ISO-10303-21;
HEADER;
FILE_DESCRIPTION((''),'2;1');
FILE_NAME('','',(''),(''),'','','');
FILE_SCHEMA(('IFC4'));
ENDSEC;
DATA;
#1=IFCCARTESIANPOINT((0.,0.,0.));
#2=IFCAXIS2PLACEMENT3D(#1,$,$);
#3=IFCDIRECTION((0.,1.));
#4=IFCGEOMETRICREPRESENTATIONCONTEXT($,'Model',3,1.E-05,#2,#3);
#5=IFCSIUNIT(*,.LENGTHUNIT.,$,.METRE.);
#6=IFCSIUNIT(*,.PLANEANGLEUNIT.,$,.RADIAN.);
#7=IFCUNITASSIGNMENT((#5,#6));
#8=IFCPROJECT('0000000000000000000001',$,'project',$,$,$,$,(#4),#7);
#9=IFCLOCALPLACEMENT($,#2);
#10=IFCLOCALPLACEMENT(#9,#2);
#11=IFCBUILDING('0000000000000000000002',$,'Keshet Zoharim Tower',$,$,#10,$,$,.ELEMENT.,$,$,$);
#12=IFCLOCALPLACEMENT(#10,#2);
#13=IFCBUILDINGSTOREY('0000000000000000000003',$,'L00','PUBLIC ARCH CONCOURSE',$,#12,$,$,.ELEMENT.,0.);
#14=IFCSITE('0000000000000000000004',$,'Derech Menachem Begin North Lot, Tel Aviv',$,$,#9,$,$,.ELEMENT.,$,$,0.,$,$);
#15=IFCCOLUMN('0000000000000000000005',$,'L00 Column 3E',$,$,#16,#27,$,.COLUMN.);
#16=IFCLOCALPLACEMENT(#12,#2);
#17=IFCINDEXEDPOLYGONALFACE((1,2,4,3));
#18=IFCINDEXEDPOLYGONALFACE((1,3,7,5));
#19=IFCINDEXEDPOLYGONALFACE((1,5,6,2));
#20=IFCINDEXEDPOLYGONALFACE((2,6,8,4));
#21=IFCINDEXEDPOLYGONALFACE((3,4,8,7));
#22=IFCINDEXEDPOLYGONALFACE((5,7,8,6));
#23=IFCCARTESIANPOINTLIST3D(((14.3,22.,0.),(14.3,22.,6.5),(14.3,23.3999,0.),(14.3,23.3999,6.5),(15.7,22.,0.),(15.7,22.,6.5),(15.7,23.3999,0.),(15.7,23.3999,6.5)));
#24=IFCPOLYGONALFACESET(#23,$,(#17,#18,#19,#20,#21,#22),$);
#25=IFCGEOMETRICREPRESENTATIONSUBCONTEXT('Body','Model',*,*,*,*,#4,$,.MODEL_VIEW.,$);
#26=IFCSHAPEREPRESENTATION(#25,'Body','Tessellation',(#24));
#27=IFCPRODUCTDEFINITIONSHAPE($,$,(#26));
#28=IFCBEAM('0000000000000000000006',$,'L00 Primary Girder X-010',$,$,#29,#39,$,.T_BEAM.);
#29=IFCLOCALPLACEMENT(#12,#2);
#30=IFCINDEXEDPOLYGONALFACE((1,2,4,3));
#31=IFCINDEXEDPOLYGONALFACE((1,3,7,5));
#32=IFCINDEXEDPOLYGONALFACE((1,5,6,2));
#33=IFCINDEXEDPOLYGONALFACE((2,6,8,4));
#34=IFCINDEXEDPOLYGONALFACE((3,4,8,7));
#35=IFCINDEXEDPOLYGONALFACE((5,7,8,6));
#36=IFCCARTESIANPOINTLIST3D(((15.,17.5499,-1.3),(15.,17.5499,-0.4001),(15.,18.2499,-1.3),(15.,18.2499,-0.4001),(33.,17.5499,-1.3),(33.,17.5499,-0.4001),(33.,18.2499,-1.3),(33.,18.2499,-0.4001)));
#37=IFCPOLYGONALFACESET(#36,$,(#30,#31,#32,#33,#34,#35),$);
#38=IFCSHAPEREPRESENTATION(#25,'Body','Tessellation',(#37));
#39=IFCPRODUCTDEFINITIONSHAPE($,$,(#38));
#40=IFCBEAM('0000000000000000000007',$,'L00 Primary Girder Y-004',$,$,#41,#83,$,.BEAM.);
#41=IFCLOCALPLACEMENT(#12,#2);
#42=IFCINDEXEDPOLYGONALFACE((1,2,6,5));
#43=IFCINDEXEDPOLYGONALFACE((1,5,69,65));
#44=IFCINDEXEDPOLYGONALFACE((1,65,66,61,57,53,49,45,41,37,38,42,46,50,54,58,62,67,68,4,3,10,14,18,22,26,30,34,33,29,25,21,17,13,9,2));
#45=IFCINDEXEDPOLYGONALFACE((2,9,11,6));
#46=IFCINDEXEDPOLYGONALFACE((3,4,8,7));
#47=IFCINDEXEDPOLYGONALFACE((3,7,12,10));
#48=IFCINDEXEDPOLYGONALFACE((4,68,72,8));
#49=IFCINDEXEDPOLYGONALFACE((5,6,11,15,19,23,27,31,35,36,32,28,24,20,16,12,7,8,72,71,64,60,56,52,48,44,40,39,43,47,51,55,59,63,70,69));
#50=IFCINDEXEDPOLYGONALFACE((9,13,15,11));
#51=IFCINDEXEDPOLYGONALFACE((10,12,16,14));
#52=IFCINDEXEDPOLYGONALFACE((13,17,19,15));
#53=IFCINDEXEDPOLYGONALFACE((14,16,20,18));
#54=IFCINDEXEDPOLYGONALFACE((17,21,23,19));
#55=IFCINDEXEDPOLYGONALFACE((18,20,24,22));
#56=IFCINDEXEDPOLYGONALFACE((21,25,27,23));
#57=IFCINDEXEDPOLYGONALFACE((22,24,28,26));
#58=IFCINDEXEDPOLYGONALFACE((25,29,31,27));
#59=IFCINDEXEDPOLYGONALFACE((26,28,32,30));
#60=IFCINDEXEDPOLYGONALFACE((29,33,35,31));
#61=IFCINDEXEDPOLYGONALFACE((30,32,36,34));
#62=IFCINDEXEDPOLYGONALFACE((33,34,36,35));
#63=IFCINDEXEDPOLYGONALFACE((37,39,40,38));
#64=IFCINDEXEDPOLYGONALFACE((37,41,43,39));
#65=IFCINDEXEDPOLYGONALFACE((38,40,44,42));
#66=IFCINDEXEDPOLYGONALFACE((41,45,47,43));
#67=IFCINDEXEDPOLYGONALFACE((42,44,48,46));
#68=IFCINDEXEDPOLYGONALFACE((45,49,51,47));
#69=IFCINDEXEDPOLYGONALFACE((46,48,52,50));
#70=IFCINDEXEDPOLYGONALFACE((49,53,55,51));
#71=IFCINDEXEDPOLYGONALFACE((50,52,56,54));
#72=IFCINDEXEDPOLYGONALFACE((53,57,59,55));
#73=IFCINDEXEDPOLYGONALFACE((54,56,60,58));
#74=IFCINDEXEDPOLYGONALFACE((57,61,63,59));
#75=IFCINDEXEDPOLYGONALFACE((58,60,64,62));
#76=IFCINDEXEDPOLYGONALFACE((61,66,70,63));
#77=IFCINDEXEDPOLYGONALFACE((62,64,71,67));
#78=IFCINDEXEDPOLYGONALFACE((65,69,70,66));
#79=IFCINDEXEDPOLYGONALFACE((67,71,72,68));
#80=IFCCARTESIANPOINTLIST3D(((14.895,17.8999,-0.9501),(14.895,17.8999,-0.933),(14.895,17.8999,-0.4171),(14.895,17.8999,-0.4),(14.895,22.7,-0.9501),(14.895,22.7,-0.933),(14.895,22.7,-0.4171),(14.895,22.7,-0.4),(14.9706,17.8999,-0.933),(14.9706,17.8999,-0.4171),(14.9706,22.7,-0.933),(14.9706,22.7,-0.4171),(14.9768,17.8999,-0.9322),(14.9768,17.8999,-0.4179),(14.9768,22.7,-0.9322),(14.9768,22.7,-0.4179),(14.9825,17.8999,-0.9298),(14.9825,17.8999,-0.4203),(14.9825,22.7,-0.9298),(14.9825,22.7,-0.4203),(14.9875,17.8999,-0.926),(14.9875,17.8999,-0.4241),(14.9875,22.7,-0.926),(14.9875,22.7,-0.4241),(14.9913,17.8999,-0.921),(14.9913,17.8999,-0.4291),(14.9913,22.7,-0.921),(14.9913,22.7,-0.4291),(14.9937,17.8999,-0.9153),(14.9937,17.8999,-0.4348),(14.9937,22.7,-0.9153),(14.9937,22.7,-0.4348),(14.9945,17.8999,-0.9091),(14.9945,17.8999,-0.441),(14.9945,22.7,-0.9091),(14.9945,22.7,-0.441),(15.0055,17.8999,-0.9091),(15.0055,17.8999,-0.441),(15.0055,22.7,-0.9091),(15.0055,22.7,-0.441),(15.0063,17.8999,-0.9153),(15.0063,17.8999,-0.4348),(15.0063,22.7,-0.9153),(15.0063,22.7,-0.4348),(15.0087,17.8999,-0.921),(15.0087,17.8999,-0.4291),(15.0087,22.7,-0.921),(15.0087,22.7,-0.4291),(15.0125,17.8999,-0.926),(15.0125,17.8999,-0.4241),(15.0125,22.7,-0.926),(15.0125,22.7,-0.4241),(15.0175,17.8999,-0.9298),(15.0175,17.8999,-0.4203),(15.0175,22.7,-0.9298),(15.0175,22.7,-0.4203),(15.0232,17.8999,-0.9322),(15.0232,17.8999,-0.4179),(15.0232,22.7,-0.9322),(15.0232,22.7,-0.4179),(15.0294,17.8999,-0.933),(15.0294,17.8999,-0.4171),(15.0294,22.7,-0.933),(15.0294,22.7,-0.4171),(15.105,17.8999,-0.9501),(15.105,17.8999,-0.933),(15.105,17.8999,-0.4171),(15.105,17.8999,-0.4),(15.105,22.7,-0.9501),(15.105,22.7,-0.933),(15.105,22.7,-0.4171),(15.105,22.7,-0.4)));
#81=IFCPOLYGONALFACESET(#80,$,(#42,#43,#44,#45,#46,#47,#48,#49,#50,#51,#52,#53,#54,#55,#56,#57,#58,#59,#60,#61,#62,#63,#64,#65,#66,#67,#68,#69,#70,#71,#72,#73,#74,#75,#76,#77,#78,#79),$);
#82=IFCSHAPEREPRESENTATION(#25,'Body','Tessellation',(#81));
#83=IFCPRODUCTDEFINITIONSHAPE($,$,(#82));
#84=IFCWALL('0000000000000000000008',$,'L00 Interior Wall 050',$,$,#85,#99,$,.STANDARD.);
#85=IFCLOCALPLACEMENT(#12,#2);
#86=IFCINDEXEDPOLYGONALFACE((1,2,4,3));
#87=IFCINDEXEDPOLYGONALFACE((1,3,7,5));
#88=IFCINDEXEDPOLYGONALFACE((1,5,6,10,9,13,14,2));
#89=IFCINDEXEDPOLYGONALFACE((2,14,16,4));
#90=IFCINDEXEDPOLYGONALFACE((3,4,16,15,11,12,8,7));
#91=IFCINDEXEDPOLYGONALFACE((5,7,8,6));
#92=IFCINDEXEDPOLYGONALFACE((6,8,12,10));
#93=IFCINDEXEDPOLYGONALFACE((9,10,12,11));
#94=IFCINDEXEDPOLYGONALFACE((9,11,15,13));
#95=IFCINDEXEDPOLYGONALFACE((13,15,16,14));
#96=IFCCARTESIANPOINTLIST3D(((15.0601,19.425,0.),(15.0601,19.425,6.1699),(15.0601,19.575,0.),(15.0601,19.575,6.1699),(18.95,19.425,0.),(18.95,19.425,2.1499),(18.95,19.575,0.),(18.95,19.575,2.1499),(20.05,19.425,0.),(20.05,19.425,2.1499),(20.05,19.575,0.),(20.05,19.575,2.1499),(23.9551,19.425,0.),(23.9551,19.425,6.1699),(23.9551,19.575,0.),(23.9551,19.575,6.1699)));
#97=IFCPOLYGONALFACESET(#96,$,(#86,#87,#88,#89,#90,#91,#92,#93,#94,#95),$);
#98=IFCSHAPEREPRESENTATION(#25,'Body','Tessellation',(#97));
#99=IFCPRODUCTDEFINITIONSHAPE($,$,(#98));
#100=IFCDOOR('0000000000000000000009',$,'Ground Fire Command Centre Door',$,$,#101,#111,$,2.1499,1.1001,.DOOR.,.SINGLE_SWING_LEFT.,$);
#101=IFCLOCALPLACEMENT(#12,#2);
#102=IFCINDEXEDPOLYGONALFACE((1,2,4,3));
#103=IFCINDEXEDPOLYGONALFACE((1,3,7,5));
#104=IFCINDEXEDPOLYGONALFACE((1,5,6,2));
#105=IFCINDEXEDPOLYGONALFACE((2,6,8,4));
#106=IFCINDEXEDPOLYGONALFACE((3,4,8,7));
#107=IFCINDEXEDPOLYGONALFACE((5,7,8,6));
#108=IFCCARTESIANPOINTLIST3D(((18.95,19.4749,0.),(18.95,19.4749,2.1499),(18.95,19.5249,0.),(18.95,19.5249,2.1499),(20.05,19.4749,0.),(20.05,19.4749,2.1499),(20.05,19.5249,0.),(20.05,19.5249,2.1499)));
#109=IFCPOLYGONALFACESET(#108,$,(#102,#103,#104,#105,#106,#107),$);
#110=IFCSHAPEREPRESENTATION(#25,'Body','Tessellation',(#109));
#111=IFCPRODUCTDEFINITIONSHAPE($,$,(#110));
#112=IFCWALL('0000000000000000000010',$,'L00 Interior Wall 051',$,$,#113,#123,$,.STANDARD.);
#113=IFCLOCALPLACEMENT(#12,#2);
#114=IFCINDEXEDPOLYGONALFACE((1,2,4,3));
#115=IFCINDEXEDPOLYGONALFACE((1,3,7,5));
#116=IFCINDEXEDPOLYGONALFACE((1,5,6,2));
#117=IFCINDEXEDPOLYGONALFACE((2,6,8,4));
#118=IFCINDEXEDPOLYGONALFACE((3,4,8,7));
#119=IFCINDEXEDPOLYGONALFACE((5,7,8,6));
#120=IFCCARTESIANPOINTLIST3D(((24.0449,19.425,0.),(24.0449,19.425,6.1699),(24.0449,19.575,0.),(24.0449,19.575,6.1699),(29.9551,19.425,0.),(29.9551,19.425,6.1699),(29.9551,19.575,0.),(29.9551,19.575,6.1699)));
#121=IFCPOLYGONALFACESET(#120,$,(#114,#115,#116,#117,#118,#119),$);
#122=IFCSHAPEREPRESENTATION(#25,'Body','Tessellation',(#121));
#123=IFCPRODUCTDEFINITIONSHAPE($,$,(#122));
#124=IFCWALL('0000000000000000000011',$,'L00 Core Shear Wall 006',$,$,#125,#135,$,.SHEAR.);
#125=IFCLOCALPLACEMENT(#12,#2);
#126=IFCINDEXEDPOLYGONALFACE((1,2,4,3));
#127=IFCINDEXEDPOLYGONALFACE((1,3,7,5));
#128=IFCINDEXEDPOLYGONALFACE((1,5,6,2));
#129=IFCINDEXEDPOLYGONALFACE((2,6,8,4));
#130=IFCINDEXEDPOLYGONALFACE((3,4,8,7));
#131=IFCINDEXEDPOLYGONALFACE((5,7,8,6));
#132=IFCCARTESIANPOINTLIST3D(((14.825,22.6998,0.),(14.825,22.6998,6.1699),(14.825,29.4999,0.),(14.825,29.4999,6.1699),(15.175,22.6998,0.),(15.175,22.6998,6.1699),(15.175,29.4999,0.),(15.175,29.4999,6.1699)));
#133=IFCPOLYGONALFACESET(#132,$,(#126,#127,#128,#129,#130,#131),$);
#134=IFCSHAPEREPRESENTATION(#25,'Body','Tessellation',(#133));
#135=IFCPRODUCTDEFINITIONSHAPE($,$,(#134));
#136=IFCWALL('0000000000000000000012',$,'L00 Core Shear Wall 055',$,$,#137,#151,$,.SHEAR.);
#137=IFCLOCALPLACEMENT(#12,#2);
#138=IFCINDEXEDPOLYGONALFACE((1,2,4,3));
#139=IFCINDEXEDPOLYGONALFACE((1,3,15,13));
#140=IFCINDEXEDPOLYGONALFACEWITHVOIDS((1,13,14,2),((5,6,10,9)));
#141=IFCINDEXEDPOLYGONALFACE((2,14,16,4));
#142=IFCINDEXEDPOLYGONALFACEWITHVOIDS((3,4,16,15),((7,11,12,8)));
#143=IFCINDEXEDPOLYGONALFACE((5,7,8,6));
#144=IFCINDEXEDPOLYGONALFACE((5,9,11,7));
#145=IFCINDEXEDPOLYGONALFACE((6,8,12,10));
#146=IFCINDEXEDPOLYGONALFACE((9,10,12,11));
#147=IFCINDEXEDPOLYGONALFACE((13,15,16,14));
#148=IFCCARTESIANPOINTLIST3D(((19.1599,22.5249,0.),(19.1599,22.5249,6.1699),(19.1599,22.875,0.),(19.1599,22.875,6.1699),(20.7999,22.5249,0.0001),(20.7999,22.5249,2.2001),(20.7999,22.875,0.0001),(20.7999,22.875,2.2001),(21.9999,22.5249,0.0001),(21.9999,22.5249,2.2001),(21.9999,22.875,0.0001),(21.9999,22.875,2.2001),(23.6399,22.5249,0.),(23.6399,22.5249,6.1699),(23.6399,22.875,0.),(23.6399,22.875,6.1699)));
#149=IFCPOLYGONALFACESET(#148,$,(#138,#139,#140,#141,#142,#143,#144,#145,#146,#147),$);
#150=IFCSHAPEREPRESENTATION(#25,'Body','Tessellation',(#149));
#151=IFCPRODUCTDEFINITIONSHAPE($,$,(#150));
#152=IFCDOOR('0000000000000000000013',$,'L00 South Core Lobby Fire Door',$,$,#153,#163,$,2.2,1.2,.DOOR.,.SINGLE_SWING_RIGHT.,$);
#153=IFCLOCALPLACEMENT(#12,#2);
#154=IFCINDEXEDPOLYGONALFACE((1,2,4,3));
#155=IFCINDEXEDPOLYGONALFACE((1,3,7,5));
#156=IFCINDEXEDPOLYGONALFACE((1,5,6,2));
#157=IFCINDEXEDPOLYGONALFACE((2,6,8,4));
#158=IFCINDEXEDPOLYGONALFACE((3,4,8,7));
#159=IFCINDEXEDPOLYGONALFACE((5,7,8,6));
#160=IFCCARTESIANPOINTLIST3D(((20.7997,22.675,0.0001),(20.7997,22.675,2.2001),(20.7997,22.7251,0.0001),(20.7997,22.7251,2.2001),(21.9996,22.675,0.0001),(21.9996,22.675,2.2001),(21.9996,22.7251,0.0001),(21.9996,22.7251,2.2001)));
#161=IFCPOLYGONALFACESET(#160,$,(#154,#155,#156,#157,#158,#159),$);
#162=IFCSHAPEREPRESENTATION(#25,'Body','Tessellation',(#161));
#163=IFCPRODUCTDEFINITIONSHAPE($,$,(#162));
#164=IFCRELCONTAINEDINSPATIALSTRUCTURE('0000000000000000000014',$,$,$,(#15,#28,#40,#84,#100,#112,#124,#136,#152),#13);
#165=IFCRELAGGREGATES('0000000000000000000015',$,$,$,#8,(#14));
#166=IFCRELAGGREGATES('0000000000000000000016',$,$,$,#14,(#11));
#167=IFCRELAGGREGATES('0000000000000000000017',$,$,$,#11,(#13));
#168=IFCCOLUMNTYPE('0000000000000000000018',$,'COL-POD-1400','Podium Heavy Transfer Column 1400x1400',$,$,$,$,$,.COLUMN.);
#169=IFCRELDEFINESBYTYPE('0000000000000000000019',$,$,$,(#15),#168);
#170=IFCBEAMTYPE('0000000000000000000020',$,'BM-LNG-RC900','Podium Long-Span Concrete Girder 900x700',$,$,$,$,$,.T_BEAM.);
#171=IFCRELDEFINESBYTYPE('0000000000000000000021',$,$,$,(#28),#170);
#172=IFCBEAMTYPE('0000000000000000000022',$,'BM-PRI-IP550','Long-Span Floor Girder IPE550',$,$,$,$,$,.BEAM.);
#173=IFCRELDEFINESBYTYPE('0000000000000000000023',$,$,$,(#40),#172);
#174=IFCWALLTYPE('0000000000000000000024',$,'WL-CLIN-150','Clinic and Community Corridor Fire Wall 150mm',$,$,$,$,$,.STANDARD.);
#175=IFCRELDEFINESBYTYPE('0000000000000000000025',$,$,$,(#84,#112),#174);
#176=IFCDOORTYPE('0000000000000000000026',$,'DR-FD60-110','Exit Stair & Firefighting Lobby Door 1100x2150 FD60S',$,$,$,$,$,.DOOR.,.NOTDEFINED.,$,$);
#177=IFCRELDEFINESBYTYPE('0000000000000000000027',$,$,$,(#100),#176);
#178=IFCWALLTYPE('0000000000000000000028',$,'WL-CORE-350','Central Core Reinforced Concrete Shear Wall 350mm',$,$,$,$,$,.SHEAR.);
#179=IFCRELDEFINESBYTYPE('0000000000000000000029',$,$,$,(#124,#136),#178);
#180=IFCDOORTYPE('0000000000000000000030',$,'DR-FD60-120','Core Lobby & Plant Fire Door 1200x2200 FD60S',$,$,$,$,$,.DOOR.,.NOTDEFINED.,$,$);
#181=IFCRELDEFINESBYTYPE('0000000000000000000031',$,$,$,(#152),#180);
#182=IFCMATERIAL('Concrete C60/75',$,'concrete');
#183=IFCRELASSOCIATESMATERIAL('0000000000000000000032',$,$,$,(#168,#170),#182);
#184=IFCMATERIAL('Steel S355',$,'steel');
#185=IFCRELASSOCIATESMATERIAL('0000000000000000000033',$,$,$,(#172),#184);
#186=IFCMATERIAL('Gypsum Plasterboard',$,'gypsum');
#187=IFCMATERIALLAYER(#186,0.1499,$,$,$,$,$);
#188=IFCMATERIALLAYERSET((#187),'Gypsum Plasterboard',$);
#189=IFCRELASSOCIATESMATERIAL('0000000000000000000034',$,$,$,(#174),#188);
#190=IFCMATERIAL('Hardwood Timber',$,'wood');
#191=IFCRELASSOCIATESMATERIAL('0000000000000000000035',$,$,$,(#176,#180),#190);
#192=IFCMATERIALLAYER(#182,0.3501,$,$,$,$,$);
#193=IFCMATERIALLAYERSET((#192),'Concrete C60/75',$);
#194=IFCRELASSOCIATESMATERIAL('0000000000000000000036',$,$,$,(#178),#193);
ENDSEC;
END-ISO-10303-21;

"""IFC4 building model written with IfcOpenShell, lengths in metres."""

from ifc_helpers import new_model, si_unit, direction, frame, frame_2d, origin, origin_2d, place, context, subcontext, project, spatial, rectangle, i_section, extrude, material, layer, layer_set, material_profile, profile_set, type_object, element, fill, save


model = new_model("IFC4")

# Units and contexts
model_context = context("Model", 3, precision=1e-05, world=origin(), true_north=direction((0.0, 1.0)))
body_context = subcontext(model_context, "Body", "Model", "MODEL_VIEW")
ifc_project = project(units=[si_unit("LENGTHUNIT", "METRE"), si_unit("PLANEANGLEUNIT", "RADIAN")], contexts=[model_context])

# Site, building, storey
site_placement = place(None, origin())
site = spatial("IfcSite", under=ifc_project, at=site_placement, Name="Derech Menachem Begin North Lot, Tel Aviv", CompositionType="ELEMENT", RefElevation=0.0)
building_placement = place(site_placement, origin())
building = spatial("IfcBuilding", under=site, at=building_placement, Name="Keshet Zoharim Tower", CompositionType="ELEMENT")
storey_placement = place(building_placement, origin())
storey = spatial("IfcBuildingStorey", under=building, at=storey_placement, Name="L00", Description="PUBLIC ARCH CONCOURSE", CompositionType="ELEMENT", Elevation=0.0)

# Column
ifc_material_1 = material(Name="Concrete C60/75", Category="concrete")
ifc_material_profile_1 = material_profile(ifc_material_1, rectangle(XDim=1.3999, YDim=1.3999, at=origin_2d()), Name="RC1400x1400")
ifc_profile_set_1 = profile_set([ifc_material_profile_1], Name="Concrete C60/75")
column_type = type_object("IfcColumnType", Name="COL-POD-1400", Description="Podium Heavy Transfer Column 1400x1400", PredefinedType="COLUMN", material=ifc_profile_set_1)
column_placement = place(storey_placement, frame((15.0, 22.7, 0.0), z_axis=(0.0, 0.0, 1.0), x_axis=(1.0, 0.0, 0.0)))
element("IfcColumn", 1, at=column_placement, inside=storey, type_object=column_type, Name="L00 Column 3E", PredefinedType="COLUMN", context=body_context, shape_type="SweptSolid", body=[
    extrude(rectangle(XDim=1.3999, YDim=1.3999, at=origin_2d()), origin(), (0.0, 0.0, 1.0), 6.5),
])

# Beams
ifc_material_profile_2 = material_profile(ifc_material_1, rectangle(XDim=0.7, YDim=0.8999, at=origin_2d()), Name="RC900x700")
ifc_profile_set_2 = profile_set([ifc_material_profile_2], Name="Concrete C60/75")
beam_type_1 = type_object("IfcBeamType", Name="BM-LNG-RC900", Description="Podium Long-Span Concrete Girder 900x700", PredefinedType="T_BEAM", material=ifc_profile_set_2)
beam_1_placement = place(storey_placement, frame((15.0, 17.8999, -0.8501), z_axis=(1.0, 0.0, 0.0), x_axis=(0.0, 1.0, 0.0)))
element("IfcBeam", 2, at=beam_1_placement, inside=storey, type_object=beam_type_1, Name="L00 Primary Girder X-010", PredefinedType="T_BEAM", context=body_context, shape_type="SweptSolid", body=[
    extrude(rectangle(XDim=0.7, YDim=0.8999, at=origin_2d()), origin(), (0.0, 0.0, 1.0), 18.0),
])
ifc_material_2 = material(Name="Steel S355", Category="steel")
ifc_material_profile_3 = material_profile(ifc_material_2, i_section(OverallWidth=0.21, OverallDepth=0.55, WebThickness=0.011, FlangeThickness=0.0171, FilletRadius=0.0239, at=origin_2d()), Name="IPE550")
ifc_profile_set_3 = profile_set([ifc_material_profile_3], Name="Steel S355")
beam_type_2 = type_object("IfcBeamType", Name="BM-PRI-IP550", Description="Long-Span Floor Girder IPE550", PredefinedType="BEAM", material=ifc_profile_set_3)
beam_2_placement = place(storey_placement, frame((15.0, 17.8999, -0.675), z_axis=(0.0, 1.0, 0.0), x_axis=(-1.0, 0.0, 0.0)))
element("IfcBeam", 3, at=beam_2_placement, inside=storey, type_object=beam_type_2, Name="L00 Primary Girder Y-004", PredefinedType="BEAM", context=body_context, shape_type="SweptSolid", body=[
    extrude(i_section(OverallWidth=0.21, OverallDepth=0.55, WebThickness=0.011, FlangeThickness=0.0171, FilletRadius=0.0239, at=origin_2d()), origin(), (0.0, 0.0, 1.0), 4.8),
])

# Wall, opening, door
ifc_material_3 = material(Name="Gypsum Plasterboard", Category="gypsum")
ifc_layer_1 = layer(ifc_material_3, 0.1499)
ifc_layer_set_1 = layer_set([ifc_layer_1], Name="Gypsum Plasterboard")
wall_type_1 = type_object("IfcWallType", Name="WL-CLIN-150", Description="Clinic and Community Corridor Fire Wall 150mm", PredefinedType="STANDARD", material=ifc_layer_set_1)
wall_1_placement = place(storey_placement, frame((15.0601, 19.5, 0.0), z_axis=(0.0, 0.0, 1.0), x_axis=(1.0, 0.0, 0.0)))
wall_1 = element("IfcWall", 4, at=wall_1_placement, inside=storey, type_object=wall_type_1, Name="L00 Interior Wall 050", PredefinedType="STANDARD", context=body_context, shape_type="SweptSolid", body=[
    extrude(rectangle(XDim=8.895, YDim=0.1499, at=frame_2d((4.4475, 0.0))), origin(), (0.0, 0.0, 1.0), 6.1699),
])
opening_1_placement = place(wall_1_placement, frame((3.8899, 0.0, 0.0)))
opening_1 = element("IfcOpeningElement", 5, at=opening_1_placement, cuts=wall_1, PredefinedType="OPENING", context=body_context, shape_type="SweptSolid", body=[
    extrude(rectangle(XDim=1.1001, YDim=2.1499, at=frame_2d((0.55, 1.075))), frame((0.0, 0.085, 0.0), z_axis=(0.0, -1.0, 0.0), x_axis=(1.0, 0.0, 0.0)), (0.0, 0.0, 1.0), 0.1699),
])
ifc_material_4 = material(Name="Hardwood Timber", Category="wood")
door_type_1 = type_object("IfcDoorType", Name="DR-FD60-110", Description="Exit Stair & Firefighting Lobby Door 1100x2150 FD60S", OperationType="NOTDEFINED", PredefinedType="DOOR", material=ifc_material_4)
door_1_placement = place(opening_1_placement, origin())
door_1 = element("IfcDoor", 6, at=door_1_placement, inside=storey, type_object=door_type_1, Name="Ground Fire Command Centre Door", OperationType="SINGLE_SWING_LEFT", OverallHeight=2.1499, OverallWidth=1.1001, PredefinedType="DOOR", context=body_context, shape_type="SweptSolid", body=[
    extrude(rectangle(XDim=1.1001, YDim=2.1499, at=frame_2d((0.55, 1.075))), frame((0.0, 0.0249, 0.0), z_axis=(0.0, -1.0, 0.0), x_axis=(1.0, 0.0, 0.0)), (0.0, 0.0, 1.0), 0.05),
])
fill(opening_1, door_1)

# Walls
wall_2_placement = place(storey_placement, frame((24.0449, 19.5, 0.0), z_axis=(0.0, 0.0, 1.0), x_axis=(1.0, 0.0, 0.0)))
element("IfcWall", 7, at=wall_2_placement, inside=storey, type_object=wall_type_1, Name="L00 Interior Wall 051", PredefinedType="STANDARD", context=body_context, shape_type="SweptSolid", body=[
    extrude(rectangle(XDim=5.9102, YDim=0.1499, at=frame_2d((2.9551, 0.0))), origin(), (0.0, 0.0, 1.0), 6.1699),
])
ifc_layer_2 = layer(ifc_material_1, 0.3501)
ifc_layer_set_2 = layer_set([ifc_layer_2], Name="Concrete C60/75")
wall_type_2 = type_object("IfcWallType", Name="WL-CORE-350", Description="Central Core Reinforced Concrete Shear Wall 350mm", PredefinedType="SHEAR", material=ifc_layer_set_2)
wall_3_placement = place(storey_placement, frame((15.0, 22.7, 0.0), z_axis=(0.0, 0.0, 1.0), x_axis=(0.0, 1.0, 0.0)))
element("IfcWall", 8, at=wall_3_placement, inside=storey, type_object=wall_type_2, Name="L00 Core Shear Wall 006", PredefinedType="SHEAR", context=body_context, shape_type="SweptSolid", body=[
    extrude(rectangle(XDim=6.8, YDim=0.3501, at=frame_2d((3.3999, 0.0))), origin(), (0.0, 0.0, 1.0), 6.1699),
])

# Wall, opening, door
wall_4_placement = place(storey_placement, frame((19.1599, 22.7, 0.0), z_axis=(0.0, 0.0, 1.0), x_axis=(1.0, 0.0, 0.0)))
wall_4 = element("IfcWall", 9, at=wall_4_placement, inside=storey, type_object=wall_type_2, Name="L00 Core Shear Wall 055", PredefinedType="SHEAR", context=body_context, shape_type="SweptSolid", body=[
    extrude(rectangle(XDim=4.48, YDim=0.3501, at=frame_2d((2.24, 0.0))), origin(), (0.0, 0.0, 1.0), 6.1699),
])
opening_2_placement = place(wall_4_placement, frame((1.6399, 0.0, 0.0)))
opening_2 = element("IfcOpeningElement", 10, at=opening_2_placement, cuts=wall_4, PredefinedType="OPENING", context=body_context, shape_type="SweptSolid", body=[
    extrude(rectangle(XDim=1.2, YDim=2.2, at=frame_2d((0.6001, 1.1001))), frame((0.0, 0.1851, 0.0), z_axis=(0.0, -1.0, 0.0), x_axis=(1.0, 0.0, 0.0)), (0.0, 0.0, 1.0), 0.3701),
])
door_type_2 = type_object("IfcDoorType", Name="DR-FD60-120", Description="Core Lobby & Plant Fire Door 1200x2200 FD60S", OperationType="NOTDEFINED", PredefinedType="DOOR", material=ifc_material_4)
door_2_placement = place(opening_2_placement, frame((1.2, 0.0, 0.0), z_axis=(0.0, 0.0, 1.0), x_axis=(-1.0, 0.0, 0.0)))
door_2 = element("IfcDoor", 11, at=door_2_placement, inside=storey, type_object=door_type_2, Name="L00 South Core Lobby Fire Door", OperationType="SINGLE_SWING_RIGHT", OverallHeight=2.2, OverallWidth=1.2, PredefinedType="DOOR", context=body_context, shape_type="SweptSolid", body=[
    extrude(rectangle(XDim=1.2, YDim=2.2, at=frame_2d((0.6001, 1.1001))), frame((0.0, 0.0249, 0.0), z_axis=(0.0, -1.0, 0.0), x_axis=(1.0, 0.0, 0.0)), (0.0, 0.0, 1.0), 0.05),
])
fill(opening_2, door_2)

save(model, "model.ifc")
